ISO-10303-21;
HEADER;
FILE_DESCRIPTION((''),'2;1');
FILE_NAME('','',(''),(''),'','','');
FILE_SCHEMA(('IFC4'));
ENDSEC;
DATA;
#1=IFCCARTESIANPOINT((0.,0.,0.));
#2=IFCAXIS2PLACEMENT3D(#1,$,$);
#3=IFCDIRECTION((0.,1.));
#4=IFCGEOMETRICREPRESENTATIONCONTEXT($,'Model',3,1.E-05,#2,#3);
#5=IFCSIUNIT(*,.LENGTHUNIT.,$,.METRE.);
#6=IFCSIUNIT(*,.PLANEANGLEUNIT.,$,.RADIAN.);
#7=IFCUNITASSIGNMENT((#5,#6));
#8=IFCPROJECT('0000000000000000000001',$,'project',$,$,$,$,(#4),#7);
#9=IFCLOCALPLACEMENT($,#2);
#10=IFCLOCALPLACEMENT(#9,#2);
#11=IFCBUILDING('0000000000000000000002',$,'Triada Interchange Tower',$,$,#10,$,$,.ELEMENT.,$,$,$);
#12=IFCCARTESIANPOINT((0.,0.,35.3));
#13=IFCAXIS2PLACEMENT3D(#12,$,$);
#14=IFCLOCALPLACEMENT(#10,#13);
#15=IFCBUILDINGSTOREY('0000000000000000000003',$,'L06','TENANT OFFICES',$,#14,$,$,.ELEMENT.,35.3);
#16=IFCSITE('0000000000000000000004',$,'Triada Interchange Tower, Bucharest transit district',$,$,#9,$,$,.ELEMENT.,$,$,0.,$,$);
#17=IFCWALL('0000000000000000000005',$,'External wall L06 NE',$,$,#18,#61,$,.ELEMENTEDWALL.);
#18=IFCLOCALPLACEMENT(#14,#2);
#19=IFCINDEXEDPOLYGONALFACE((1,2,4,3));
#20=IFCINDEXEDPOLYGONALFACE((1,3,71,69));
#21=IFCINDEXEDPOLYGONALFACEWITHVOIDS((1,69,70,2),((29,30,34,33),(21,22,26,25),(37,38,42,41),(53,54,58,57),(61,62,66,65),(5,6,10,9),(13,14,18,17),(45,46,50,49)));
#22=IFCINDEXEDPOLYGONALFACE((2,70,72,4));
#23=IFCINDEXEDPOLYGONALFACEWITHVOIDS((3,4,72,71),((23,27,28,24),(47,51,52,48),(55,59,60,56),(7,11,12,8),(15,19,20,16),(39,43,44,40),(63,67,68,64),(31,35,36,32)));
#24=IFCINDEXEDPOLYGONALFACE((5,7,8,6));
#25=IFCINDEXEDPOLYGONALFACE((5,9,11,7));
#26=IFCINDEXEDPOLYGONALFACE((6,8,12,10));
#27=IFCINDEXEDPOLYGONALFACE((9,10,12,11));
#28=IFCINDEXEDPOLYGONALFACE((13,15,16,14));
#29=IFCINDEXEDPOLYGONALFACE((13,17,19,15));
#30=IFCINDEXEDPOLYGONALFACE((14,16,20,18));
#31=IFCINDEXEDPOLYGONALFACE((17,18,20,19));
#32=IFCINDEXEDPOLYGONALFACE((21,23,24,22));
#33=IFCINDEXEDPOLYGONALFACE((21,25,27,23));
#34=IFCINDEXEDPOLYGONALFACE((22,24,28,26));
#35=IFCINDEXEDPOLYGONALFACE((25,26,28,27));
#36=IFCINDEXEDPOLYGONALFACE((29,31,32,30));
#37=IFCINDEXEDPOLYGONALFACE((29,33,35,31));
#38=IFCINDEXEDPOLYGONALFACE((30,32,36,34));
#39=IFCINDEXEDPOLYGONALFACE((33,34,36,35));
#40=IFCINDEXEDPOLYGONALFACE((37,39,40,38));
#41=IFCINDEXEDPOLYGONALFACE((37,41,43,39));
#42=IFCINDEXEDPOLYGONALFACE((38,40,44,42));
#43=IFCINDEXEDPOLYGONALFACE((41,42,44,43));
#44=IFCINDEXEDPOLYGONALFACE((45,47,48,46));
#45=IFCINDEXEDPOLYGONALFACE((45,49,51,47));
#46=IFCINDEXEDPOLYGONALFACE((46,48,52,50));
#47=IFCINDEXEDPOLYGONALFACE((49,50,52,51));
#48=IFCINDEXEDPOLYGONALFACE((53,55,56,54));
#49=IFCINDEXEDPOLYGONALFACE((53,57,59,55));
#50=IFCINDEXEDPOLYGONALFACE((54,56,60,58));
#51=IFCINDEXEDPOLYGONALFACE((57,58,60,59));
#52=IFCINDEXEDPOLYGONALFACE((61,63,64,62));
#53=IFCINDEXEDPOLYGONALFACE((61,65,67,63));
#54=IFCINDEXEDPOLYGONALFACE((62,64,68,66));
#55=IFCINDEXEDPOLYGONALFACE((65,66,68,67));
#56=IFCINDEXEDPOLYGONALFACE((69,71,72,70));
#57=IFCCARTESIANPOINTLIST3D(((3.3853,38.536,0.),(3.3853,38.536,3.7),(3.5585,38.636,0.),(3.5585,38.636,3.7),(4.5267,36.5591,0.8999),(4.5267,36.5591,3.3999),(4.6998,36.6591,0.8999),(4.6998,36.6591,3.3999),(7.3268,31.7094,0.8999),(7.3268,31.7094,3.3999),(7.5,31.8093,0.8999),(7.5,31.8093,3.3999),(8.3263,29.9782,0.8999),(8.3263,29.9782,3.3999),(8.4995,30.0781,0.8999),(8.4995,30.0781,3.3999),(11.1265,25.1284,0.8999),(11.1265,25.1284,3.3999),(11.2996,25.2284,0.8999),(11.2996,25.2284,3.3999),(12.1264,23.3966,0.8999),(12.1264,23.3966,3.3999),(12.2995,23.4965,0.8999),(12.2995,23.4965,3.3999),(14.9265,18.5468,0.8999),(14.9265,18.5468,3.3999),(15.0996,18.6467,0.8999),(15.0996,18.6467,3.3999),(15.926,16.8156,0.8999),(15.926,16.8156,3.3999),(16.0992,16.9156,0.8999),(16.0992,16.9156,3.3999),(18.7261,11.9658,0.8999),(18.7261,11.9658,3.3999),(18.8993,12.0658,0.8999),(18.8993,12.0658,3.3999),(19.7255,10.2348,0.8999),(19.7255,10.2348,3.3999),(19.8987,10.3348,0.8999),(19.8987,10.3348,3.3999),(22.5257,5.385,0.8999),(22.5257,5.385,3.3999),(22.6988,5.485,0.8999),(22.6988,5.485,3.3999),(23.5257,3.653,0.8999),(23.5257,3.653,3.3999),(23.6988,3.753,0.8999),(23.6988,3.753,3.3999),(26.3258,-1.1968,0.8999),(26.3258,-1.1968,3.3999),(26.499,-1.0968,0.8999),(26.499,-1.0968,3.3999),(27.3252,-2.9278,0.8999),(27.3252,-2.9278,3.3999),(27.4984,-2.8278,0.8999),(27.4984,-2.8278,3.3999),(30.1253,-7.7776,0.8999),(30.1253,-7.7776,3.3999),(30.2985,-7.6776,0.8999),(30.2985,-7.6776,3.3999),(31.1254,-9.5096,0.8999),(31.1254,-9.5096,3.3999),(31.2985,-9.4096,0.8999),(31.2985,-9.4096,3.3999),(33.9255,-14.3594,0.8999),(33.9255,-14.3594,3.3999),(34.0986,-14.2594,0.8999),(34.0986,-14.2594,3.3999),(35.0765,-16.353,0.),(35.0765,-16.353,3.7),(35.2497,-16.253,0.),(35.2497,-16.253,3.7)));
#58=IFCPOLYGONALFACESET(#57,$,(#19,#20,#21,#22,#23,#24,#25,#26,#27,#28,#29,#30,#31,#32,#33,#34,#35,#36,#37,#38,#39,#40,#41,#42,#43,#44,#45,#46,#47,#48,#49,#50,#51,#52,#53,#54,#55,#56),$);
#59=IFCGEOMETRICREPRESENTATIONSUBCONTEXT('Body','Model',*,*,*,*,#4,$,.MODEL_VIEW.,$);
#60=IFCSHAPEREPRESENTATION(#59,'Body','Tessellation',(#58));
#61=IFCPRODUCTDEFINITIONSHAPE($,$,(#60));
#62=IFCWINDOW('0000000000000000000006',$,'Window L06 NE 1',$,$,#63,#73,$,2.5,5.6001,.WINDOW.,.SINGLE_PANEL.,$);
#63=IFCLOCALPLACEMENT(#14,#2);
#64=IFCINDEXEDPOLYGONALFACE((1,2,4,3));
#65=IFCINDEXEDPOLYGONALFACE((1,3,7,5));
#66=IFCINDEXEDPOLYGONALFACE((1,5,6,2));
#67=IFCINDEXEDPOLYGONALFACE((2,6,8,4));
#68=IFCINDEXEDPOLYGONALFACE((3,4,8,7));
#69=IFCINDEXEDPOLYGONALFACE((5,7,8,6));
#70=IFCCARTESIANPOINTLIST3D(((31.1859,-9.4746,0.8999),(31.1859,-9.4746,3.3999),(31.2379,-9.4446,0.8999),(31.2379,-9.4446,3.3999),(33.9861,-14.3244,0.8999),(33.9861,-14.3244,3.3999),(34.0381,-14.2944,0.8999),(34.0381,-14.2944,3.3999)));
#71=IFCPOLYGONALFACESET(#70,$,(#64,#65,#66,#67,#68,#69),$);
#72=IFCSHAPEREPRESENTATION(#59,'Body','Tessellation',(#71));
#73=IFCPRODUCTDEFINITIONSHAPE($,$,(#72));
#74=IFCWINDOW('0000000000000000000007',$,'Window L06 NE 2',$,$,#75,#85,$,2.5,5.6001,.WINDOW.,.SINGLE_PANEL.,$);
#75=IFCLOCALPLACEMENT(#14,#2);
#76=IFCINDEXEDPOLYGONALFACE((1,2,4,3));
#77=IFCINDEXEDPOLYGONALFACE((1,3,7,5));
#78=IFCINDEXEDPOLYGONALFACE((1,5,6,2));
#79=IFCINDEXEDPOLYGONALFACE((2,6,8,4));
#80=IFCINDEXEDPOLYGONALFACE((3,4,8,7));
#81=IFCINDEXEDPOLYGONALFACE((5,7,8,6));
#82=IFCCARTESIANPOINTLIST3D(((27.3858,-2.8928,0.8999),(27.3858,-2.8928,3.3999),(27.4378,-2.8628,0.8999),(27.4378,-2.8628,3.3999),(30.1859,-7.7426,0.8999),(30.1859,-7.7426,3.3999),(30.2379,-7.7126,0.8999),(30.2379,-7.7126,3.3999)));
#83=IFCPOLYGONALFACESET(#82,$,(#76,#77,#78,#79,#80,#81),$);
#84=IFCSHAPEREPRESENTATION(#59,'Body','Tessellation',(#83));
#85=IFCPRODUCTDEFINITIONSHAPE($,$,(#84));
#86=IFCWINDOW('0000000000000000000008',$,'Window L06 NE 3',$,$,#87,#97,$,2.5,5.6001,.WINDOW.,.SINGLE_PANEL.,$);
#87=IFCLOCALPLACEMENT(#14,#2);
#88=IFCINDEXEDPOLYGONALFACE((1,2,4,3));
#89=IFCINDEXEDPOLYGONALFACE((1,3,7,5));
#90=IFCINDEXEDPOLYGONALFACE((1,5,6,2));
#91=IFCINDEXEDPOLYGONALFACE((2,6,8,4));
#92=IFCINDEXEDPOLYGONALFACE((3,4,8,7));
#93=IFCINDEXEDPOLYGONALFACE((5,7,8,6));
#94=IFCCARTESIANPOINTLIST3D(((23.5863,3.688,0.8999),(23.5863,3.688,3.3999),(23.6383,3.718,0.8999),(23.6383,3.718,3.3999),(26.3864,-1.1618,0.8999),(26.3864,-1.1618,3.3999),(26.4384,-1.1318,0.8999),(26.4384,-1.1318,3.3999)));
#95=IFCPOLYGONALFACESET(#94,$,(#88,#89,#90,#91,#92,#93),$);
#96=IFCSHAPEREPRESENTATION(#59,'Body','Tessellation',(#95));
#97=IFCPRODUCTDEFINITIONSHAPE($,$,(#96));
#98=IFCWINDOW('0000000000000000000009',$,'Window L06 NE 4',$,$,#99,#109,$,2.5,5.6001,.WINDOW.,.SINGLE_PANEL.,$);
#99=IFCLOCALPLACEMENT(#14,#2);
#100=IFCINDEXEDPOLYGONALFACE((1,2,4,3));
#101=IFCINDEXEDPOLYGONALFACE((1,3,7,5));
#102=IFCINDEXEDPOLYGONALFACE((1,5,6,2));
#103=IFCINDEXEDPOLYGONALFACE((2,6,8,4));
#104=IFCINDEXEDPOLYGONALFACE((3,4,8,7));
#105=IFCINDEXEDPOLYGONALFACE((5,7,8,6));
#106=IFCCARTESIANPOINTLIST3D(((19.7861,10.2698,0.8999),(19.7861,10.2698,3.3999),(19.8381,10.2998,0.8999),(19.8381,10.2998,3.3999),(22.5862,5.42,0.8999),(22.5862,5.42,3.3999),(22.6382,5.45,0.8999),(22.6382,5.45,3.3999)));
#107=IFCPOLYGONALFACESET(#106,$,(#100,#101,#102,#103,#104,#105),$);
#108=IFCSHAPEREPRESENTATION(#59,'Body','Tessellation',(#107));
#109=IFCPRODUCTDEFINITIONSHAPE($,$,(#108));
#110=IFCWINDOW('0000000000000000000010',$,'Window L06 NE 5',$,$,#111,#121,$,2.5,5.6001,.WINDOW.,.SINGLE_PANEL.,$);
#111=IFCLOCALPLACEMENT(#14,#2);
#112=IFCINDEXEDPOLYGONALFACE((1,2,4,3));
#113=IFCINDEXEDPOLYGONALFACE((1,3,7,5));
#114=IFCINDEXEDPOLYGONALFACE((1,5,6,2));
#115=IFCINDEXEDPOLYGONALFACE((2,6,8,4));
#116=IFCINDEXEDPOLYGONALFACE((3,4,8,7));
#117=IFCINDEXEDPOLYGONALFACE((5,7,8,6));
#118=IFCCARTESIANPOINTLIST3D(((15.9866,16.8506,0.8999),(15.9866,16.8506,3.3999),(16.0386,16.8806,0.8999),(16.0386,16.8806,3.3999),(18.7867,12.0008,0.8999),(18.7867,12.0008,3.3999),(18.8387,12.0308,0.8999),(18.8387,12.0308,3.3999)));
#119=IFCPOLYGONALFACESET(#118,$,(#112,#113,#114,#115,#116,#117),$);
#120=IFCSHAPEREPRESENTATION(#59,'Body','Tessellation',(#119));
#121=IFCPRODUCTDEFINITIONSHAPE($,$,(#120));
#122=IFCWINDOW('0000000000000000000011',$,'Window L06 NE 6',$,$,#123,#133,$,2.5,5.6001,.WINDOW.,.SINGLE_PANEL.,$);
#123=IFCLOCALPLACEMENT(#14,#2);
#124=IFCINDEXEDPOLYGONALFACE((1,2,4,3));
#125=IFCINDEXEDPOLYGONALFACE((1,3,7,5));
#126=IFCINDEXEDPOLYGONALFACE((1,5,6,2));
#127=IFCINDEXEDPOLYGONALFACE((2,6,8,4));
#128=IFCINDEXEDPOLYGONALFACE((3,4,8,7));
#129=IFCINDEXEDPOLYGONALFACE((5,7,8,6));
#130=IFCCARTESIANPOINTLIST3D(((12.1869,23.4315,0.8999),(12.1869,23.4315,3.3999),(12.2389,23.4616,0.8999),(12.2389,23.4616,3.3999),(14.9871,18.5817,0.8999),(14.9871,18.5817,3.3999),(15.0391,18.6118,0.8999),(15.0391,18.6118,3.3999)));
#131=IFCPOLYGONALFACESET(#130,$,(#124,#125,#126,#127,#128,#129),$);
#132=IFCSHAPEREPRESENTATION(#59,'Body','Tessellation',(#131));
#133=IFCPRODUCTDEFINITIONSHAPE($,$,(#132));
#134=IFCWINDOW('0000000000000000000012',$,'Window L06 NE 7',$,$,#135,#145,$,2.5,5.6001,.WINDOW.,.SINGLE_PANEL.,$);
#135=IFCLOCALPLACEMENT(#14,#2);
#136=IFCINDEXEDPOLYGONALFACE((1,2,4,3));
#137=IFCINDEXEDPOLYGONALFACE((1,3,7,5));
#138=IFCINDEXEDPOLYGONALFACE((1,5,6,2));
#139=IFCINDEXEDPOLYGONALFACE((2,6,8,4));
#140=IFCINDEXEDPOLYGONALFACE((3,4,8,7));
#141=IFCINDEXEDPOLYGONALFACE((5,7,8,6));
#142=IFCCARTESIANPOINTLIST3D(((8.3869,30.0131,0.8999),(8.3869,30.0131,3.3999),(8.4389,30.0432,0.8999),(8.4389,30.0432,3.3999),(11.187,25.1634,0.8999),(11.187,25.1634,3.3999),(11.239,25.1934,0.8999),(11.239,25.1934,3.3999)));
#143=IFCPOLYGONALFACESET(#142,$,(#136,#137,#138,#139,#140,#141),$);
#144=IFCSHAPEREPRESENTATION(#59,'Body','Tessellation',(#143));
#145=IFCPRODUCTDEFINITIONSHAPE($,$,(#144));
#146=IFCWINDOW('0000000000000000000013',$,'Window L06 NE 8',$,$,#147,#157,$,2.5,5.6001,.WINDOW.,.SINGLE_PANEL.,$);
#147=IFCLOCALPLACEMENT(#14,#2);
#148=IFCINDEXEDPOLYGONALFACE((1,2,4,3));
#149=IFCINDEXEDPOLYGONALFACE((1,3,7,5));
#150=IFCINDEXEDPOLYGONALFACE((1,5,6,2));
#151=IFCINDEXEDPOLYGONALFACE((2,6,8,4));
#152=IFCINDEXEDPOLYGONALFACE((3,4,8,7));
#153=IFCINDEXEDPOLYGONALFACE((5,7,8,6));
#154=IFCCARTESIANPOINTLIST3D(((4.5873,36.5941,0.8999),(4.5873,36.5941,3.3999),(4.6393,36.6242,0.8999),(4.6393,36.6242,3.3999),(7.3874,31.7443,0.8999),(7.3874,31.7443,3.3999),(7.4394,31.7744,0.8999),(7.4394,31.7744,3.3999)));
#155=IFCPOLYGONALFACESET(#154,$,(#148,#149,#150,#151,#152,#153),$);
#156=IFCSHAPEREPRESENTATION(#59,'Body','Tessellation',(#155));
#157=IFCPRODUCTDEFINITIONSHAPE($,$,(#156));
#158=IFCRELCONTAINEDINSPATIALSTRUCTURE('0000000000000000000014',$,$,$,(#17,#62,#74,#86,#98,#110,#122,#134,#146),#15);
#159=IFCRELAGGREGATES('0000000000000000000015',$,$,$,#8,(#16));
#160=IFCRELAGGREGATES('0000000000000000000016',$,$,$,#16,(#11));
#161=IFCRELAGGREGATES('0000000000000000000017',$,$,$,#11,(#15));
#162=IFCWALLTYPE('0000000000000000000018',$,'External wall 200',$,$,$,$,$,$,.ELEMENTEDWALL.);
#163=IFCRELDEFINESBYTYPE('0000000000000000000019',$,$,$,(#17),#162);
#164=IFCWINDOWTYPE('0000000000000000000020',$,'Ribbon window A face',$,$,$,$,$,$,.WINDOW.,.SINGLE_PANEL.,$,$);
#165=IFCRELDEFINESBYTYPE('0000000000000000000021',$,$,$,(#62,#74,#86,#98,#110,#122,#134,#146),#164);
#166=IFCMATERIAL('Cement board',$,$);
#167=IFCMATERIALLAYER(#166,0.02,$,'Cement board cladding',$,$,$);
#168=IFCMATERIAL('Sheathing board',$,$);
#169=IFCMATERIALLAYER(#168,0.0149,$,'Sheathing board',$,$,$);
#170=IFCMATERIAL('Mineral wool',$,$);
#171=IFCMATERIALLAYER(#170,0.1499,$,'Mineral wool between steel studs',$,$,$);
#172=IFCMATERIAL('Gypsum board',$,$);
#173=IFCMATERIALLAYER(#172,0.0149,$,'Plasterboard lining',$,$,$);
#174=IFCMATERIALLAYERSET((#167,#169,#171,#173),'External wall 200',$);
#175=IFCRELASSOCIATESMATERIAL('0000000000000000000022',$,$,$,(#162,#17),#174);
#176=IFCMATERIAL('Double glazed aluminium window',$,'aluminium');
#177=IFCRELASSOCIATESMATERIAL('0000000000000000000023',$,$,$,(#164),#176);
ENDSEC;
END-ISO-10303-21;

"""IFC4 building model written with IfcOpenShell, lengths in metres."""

from ifc_helpers import new_model, si_unit, direction, frame, frame_2d, origin, place, context, subcontext, project, spatial, rectangle, extrude, material, layer, layer_set, layer_usage, type_object, element, fill, save


model = new_model("IFC4")

# Units and contexts
model_context = context("Model", 3, precision=1e-05, world=origin(), true_north=direction((0.0, 1.0)))
body_context = subcontext(model_context, "Body", "Model", "MODEL_VIEW")
ifc_project = project(units=[si_unit("LENGTHUNIT", "METRE"), si_unit("PLANEANGLEUNIT", "RADIAN")], contexts=[model_context])

# Site, building, storey
site_placement = place(None, origin())
site = spatial("IfcSite", under=ifc_project, at=site_placement, Name="Triada Interchange Tower, Bucharest transit district", CompositionType="ELEMENT", RefElevation=0.0)
building_placement = place(site_placement, origin())
building = spatial("IfcBuilding", under=site, at=building_placement, Name="Triada Interchange Tower", CompositionType="ELEMENT")
storey_placement = place(building_placement, frame((0.0, 0.0, 35.3)))
storey = spatial("IfcBuildingStorey", under=building, at=storey_placement, Name="L06", Description="TENANT OFFICES", CompositionType="ELEMENT", Elevation=35.3)

# Shared definitions
ifc_material_1 = material(Name="Cement board")
ifc_layer_1 = layer(ifc_material_1, 0.02, Name="Cement board cladding")
ifc_material_2 = material(Name="Sheathing board")
ifc_layer_2 = layer(ifc_material_2, 0.0149, Name="Sheathing board")
ifc_material_3 = material(Name="Mineral wool")
ifc_layer_3 = layer(ifc_material_3, 0.1499, Name="Mineral wool between steel studs")
ifc_material_4 = material(Name="Gypsum board")
ifc_layer_4 = layer(ifc_material_4, 0.0149, Name="Plasterboard lining")
ifc_layer_set_1 = layer_set([ifc_layer_1, ifc_layer_2, ifc_layer_3, ifc_layer_4], Name="External wall 200")
ifc_layer_usage = layer_usage(ifc_layer_set_1, "AXIS2", "POSITIVE", -0.1001)
wall_type = type_object("IfcWallType", Name="External wall 200", PredefinedType="ELEMENTEDWALL", material=ifc_layer_set_1)
ifc_material_5 = material(Name="Double glazed aluminium window", Category="aluminium")

# Wall, openings, windows
wall_1_placement = place(storey_placement, frame((35.1631, -16.303, 0.0), z_axis=(0.0, 0.0, 1.0), x_axis=(-0.500012, 0.866018, 0.0)))
wall_1 = element("IfcWall", 1, at=wall_1_placement, inside=storey, type_object=wall_type, material=ifc_layer_usage, Name="External wall L06 NE", PredefinedType="ELEMENTEDWALL", context=body_context, shape_type="SweptSolid", body=[
    extrude(rectangle(XDim=63.3809, YDim=0.2, at=frame_2d((31.6904, 0.0))), origin(), (0.0, 0.0, 1.0), 3.7),
])
opening_1_placement = place(wall_1_placement, frame((2.302, 0.0, 0.8999)))
opening_1 = element("IfcOpeningElement", 2, at=opening_1_placement, cuts=wall_1, PredefinedType="OPENING", context=body_context, shape_type="SweptSolid", body=[
    extrude(rectangle(XDim=5.6001, YDim=2.5, at=frame_2d((2.8, 1.25))), frame((0.0, 0.1099, 0.0), z_axis=(0.0, -1.0, 0.0), x_axis=(1.0, 0.0, 0.0)), (0.0, 0.0, 1.0), 0.22),
])
opening_2_placement = place(wall_1_placement, frame((9.9021, 0.0, 0.8999)))
opening_2 = element("IfcOpeningElement", 3, at=opening_2_placement, cuts=wall_1, PredefinedType="OPENING", context=body_context, shape_type="SweptSolid", body=[
    extrude(rectangle(XDim=5.6001, YDim=2.5, at=frame_2d((2.8, 1.25))), frame((0.0, 0.1099, 0.0), z_axis=(0.0, -1.0, 0.0), x_axis=(1.0, 0.0, 0.0)), (0.0, 0.0, 1.0), 0.22),
])
opening_3_placement = place(wall_1_placement, frame((17.501, 0.0, 0.8999)))
opening_3 = element("IfcOpeningElement", 4, at=opening_3_placement, cuts=wall_1, PredefinedType="OPENING", context=body_context, shape_type="SweptSolid", body=[
    extrude(rectangle(XDim=5.6001, YDim=2.5, at=frame_2d((2.8, 1.25))), frame((0.0, 0.1099, 0.0), z_axis=(0.0, -1.0, 0.0), x_axis=(1.0, 0.0, 0.0)), (0.0, 0.0, 1.0), 0.22),
])
opening_4_placement = place(wall_1_placement, frame((25.1011, 0.0, 0.8999)))
opening_4 = element("IfcOpeningElement", 5, at=opening_4_placement, cuts=wall_1, PredefinedType="OPENING", context=body_context, shape_type="SweptSolid", body=[
    extrude(rectangle(XDim=5.6001, YDim=2.5, at=frame_2d((2.8, 1.25))), frame((0.0, 0.1099, 0.0), z_axis=(0.0, -1.0, 0.0), x_axis=(1.0, 0.0, 0.0)), (0.0, 0.0, 1.0), 0.22),
])
opening_5_placement = place(wall_1_placement, frame((32.7, 0.0, 0.8999)))
opening_5 = element("IfcOpeningElement", 6, at=opening_5_placement, cuts=wall_1, PredefinedType="OPENING", context=body_context, shape_type="SweptSolid", body=[
    extrude(rectangle(XDim=5.6001, YDim=2.5, at=frame_2d((2.8, 1.25))), frame((0.0, 0.1099, 0.0), z_axis=(0.0, -1.0, 0.0), x_axis=(1.0, 0.0, 0.0)), (0.0, 0.0, 1.0), 0.22),
])
opening_6_placement = place(wall_1_placement, frame((40.2991, 0.0, 0.8999)))
opening_6 = element("IfcOpeningElement", 7, at=opening_6_placement, cuts=wall_1, PredefinedType="OPENING", context=body_context, shape_type="SweptSolid", body=[
    extrude(rectangle(XDim=5.6001, YDim=2.5, at=frame_2d((2.8, 1.25))), frame((0.0, 0.1099, 0.0), z_axis=(0.0, -1.0, 0.0), x_axis=(1.0, 0.0, 0.0)), (0.0, 0.0, 1.0), 0.22),
])
opening_7_placement = place(wall_1_placement, frame((47.8989, 0.0, 0.8999)))
opening_7 = element("IfcOpeningElement", 8, at=opening_7_placement, cuts=wall_1, PredefinedType="OPENING", context=body_context, shape_type="SweptSolid", body=[
    extrude(rectangle(XDim=5.6001, YDim=2.5, at=frame_2d((2.8, 1.25))), frame((0.0, 0.1099, 0.0), z_axis=(0.0, -1.0, 0.0), x_axis=(1.0, 0.0, 0.0)), (0.0, 0.0, 1.0), 0.22),
])
opening_8_placement = place(wall_1_placement, frame((55.498, 0.0, 0.8999)))
opening_8 = element("IfcOpeningElement", 9, at=opening_8_placement, cuts=wall_1, PredefinedType="OPENING", context=body_context, shape_type="SweptSolid", body=[
    extrude(rectangle(XDim=5.6001, YDim=2.5, at=frame_2d((2.8, 1.25))), frame((0.0, 0.1099, 0.0), z_axis=(0.0, -1.0, 0.0), x_axis=(1.0, 0.0, 0.0)), (0.0, 0.0, 1.0), 0.22),
])
window_type_1 = type_object("IfcWindowType", Name="Ribbon window A face", PartitioningType="SINGLE_PANEL", PredefinedType="WINDOW", material=ifc_material_5)
window_1_placement = place(opening_1_placement, origin())
window_1 = element("IfcWindow", 10, at=window_1_placement, inside=storey, type_object=window_type_1, Name="Window L06 NE 1", OverallHeight=2.5, OverallWidth=5.6001, PartitioningType="SINGLE_PANEL", PredefinedType="WINDOW", context=body_context, shape_type="SweptSolid", body=[
    extrude(rectangle(XDim=5.6001, YDim=2.5, at=frame_2d((2.8, 1.25))), frame((0.0, 0.03, 0.0), z_axis=(0.0, -1.0, 0.0), x_axis=(1.0, 0.0, 0.0)), (0.0, 0.0, 1.0), 0.0601),
])
fill(opening_1, window_1)
window_2_placement = place(opening_2_placement, origin())
window_2 = element("IfcWindow", 11, at=window_2_placement, inside=storey, type_object=window_type_1, Name="Window L06 NE 2", OverallHeight=2.5, OverallWidth=5.6001, PartitioningType="SINGLE_PANEL", PredefinedType="WINDOW", context=body_context, shape_type="SweptSolid", body=[
    extrude(rectangle(XDim=5.6001, YDim=2.5, at=frame_2d((2.8, 1.25))), frame((0.0, 0.03, 0.0), z_axis=(0.0, -1.0, 0.0), x_axis=(1.0, 0.0, 0.0)), (0.0, 0.0, 1.0), 0.0601),
])
fill(opening_2, window_2)
window_3_placement = place(opening_3_placement, origin())
window_3 = element("IfcWindow", 12, at=window_3_placement, inside=storey, type_object=window_type_1, Name="Window L06 NE 3", OverallHeight=2.5, OverallWidth=5.6001, PartitioningType="SINGLE_PANEL", PredefinedType="WINDOW", context=body_context, shape_type="SweptSolid", body=[
    extrude(rectangle(XDim=5.6001, YDim=2.5, at=frame_2d((2.8, 1.25))), frame((0.0, 0.03, 0.0), z_axis=(0.0, -1.0, 0.0), x_axis=(1.0, 0.0, 0.0)), (0.0, 0.0, 1.0), 0.0601),
])
fill(opening_3, window_3)
window_4_placement = place(opening_4_placement, origin())
window_4 = element("IfcWindow", 13, at=window_4_placement, inside=storey, type_object=window_type_1, Name="Window L06 NE 4", OverallHeight=2.5, OverallWidth=5.6001, PartitioningType="SINGLE_PANEL", PredefinedType="WINDOW", context=body_context, shape_type="SweptSolid", body=[
    extrude(rectangle(XDim=5.6001, YDim=2.5, at=frame_2d((2.8, 1.25))), frame((0.0, 0.03, 0.0), z_axis=(0.0, -1.0, 0.0), x_axis=(1.0, 0.0, 0.0)), (0.0, 0.0, 1.0), 0.0601),
])
fill(opening_4, window_4)
window_5_placement = place(opening_5_placement, origin())
window_5 = element("IfcWindow", 14, at=window_5_placement, inside=storey, type_object=window_type_1, Name="Window L06 NE 5", OverallHeight=2.5, OverallWidth=5.6001, PartitioningType="SINGLE_PANEL", PredefinedType="WINDOW", context=body_context, shape_type="SweptSolid", body=[
    extrude(rectangle(XDim=5.6001, YDim=2.5, at=frame_2d((2.8, 1.25))), frame((0.0, 0.03, 0.0), z_axis=(0.0, -1.0, 0.0), x_axis=(1.0, 0.0, 0.0)), (0.0, 0.0, 1.0), 0.0601),
])
fill(opening_5, window_5)
window_6_placement = place(opening_6_placement, origin())
window_6 = element("IfcWindow", 15, at=window_6_placement, inside=storey, type_object=window_type_1, Name="Window L06 NE 6", OverallHeight=2.5, OverallWidth=5.6001, PartitioningType="SINGLE_PANEL", PredefinedType="WINDOW", context=body_context, shape_type="SweptSolid", body=[
    extrude(rectangle(XDim=5.6001, YDim=2.5, at=frame_2d((2.8, 1.25))), frame((0.0, 0.03, 0.0), z_axis=(0.0, -1.0, 0.0), x_axis=(1.0, 0.0, 0.0)), (0.0, 0.0, 1.0), 0.0601),
])
fill(opening_6, window_6)
window_7_placement = place(opening_7_placement, origin())
window_7 = element("IfcWindow", 16, at=window_7_placement, inside=storey, type_object=window_type_1, Name="Window L06 NE 7", OverallHeight=2.5, OverallWidth=5.6001, PartitioningType="SINGLE_PANEL", PredefinedType="WINDOW", context=body_context, shape_type="SweptSolid", body=[
    extrude(rectangle(XDim=5.6001, YDim=2.5, at=frame_2d((2.8, 1.25))), frame((0.0, 0.03, 0.0), z_axis=(0.0, -1.0, 0.0), x_axis=(1.0, 0.0, 0.0)), (0.0, 0.0, 1.0), 0.0601),
])
fill(opening_7, window_7)
window_8_placement = place(opening_8_placement, origin())
window_8 = element("IfcWindow", 17, at=window_8_placement, inside=storey, type_object=window_type_1, Name="Window L06 NE 8", OverallHeight=2.5, OverallWidth=5.6001, PartitioningType="SINGLE_PANEL", PredefinedType="WINDOW", context=body_context, shape_type="SweptSolid", body=[
    extrude(rectangle(XDim=5.6001, YDim=2.5, at=frame_2d((2.8, 1.25))), frame((0.0, 0.03, 0.0), z_axis=(0.0, -1.0, 0.0), x_axis=(1.0, 0.0, 0.0)), (0.0, 0.0, 1.0), 0.0601),
])
fill(opening_8, window_8)

save(model, "model.ifc")
